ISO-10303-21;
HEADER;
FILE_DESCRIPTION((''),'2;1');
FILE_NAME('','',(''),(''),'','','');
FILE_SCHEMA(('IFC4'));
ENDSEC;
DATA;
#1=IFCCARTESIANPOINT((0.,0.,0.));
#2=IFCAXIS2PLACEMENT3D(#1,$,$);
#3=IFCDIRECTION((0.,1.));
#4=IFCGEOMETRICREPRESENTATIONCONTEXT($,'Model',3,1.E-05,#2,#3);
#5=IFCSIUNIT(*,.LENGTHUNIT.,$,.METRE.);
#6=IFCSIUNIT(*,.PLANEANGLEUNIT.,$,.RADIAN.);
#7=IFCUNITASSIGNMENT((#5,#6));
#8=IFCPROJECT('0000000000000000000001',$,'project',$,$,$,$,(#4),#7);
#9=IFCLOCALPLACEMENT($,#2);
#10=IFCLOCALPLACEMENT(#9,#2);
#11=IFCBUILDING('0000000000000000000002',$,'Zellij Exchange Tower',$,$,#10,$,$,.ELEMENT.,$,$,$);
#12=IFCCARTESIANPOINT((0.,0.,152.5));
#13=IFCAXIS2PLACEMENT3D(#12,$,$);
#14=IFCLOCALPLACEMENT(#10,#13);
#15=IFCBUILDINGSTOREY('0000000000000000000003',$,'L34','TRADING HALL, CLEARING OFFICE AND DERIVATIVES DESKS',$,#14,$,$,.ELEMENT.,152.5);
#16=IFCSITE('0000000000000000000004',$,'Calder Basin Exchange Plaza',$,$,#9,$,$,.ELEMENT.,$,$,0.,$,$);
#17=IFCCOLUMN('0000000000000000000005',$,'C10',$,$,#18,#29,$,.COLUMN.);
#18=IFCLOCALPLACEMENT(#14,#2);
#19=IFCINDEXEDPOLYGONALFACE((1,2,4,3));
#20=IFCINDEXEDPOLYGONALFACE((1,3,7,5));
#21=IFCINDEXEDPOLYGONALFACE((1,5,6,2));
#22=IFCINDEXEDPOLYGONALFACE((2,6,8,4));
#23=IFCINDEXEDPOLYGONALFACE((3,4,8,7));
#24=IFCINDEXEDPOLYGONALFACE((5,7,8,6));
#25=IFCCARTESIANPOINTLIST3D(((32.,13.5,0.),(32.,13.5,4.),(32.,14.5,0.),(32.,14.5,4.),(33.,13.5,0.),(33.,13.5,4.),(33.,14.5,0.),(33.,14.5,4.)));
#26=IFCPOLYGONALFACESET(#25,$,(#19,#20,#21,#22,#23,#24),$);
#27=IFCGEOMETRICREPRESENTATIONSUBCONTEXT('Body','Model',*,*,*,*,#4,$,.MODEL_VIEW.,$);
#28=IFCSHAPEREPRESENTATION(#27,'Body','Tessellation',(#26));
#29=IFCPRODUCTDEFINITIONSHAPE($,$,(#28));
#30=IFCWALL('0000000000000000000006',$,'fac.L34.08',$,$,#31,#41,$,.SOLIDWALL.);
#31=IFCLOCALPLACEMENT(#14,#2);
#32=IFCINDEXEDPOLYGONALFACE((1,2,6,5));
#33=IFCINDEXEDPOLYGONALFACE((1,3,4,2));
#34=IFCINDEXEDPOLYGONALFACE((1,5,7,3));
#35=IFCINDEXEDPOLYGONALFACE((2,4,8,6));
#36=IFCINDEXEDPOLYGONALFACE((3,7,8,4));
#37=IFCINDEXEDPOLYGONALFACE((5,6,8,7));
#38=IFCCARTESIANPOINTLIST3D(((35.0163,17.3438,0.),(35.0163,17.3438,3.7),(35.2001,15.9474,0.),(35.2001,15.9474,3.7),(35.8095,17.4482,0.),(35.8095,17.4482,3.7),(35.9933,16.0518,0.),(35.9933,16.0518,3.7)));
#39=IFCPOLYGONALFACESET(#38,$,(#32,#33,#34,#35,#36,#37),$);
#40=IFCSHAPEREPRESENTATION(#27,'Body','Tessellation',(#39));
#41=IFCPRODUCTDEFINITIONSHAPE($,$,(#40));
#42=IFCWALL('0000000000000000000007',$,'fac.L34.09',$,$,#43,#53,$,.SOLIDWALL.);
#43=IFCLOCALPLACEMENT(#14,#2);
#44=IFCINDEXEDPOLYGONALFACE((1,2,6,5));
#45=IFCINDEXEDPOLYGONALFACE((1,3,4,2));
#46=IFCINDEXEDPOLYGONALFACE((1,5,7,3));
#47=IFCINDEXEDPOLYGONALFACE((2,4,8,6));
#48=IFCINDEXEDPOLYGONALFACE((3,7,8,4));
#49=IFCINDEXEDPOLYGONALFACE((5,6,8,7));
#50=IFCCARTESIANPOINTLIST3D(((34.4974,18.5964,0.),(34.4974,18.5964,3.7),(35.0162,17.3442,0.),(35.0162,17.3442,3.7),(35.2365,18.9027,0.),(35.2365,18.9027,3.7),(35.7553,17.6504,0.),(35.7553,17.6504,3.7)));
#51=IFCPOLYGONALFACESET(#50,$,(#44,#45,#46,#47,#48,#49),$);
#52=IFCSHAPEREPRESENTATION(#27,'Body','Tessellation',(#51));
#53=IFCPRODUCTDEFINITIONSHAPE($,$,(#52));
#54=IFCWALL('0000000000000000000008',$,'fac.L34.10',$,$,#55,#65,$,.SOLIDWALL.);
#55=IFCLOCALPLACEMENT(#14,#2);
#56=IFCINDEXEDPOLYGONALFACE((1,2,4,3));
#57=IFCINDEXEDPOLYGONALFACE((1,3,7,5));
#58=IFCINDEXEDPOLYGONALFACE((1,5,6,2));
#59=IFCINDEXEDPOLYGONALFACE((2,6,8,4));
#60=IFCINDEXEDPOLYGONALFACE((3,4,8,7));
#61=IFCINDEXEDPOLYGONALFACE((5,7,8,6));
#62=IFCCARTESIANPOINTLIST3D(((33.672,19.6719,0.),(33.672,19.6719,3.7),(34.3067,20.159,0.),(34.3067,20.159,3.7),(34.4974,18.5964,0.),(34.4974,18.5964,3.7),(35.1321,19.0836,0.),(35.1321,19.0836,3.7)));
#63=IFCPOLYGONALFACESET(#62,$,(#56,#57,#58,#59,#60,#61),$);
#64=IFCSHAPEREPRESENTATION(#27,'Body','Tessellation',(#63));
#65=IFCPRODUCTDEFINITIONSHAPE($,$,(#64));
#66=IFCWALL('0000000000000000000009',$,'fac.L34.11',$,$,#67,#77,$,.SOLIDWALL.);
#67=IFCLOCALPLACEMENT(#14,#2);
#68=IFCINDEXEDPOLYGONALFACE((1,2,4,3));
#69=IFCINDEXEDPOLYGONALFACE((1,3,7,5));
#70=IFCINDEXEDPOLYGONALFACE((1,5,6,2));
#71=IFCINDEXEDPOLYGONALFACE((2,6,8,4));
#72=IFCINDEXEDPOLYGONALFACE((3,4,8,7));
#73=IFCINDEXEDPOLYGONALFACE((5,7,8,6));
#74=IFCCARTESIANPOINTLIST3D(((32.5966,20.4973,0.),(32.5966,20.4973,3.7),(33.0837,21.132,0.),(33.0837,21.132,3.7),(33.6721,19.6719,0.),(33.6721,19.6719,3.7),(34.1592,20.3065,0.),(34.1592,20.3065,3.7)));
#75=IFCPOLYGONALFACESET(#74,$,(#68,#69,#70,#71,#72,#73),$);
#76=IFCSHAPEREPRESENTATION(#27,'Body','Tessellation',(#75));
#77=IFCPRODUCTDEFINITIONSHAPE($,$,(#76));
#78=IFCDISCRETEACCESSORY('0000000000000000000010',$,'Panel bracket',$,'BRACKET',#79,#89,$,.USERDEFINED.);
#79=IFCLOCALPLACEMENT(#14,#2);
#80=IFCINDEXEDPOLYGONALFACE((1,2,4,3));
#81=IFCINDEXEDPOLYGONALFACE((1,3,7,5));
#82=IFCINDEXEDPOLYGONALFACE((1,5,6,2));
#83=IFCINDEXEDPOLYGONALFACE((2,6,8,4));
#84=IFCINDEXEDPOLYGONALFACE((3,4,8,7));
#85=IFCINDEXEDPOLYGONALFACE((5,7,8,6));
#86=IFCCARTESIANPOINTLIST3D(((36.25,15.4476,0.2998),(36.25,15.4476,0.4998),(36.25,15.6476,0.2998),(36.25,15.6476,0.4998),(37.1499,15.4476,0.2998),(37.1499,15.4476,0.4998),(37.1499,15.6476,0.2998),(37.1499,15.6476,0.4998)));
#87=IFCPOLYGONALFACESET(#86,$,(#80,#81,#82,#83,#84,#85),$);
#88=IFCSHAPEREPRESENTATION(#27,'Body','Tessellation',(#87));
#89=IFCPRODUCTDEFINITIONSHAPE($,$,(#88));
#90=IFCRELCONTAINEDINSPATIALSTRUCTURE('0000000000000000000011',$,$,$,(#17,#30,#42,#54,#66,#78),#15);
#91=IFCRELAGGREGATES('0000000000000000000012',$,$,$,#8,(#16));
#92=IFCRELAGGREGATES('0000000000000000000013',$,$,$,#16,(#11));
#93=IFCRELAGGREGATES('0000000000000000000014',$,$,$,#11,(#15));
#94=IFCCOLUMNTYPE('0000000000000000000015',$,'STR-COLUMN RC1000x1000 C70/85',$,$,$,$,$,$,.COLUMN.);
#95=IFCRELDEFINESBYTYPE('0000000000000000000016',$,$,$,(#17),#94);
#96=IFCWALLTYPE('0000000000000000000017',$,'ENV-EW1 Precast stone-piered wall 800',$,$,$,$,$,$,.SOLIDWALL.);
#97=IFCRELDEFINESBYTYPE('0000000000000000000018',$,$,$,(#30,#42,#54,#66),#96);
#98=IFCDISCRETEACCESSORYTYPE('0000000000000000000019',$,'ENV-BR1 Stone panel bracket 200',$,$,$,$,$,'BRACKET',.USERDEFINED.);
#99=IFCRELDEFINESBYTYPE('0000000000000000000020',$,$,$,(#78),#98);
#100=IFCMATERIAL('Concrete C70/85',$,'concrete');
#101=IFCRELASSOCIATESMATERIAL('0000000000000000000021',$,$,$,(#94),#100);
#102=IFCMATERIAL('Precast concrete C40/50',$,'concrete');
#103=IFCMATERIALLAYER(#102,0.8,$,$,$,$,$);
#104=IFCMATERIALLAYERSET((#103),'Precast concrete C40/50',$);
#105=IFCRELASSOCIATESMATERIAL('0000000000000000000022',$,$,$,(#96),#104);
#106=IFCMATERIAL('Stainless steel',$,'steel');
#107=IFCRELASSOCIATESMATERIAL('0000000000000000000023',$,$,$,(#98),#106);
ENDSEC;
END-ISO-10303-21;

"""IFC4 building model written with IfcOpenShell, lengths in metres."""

from ifc_helpers import new_model, si_unit, direction, frame, frame_2d, origin, origin_2d, place, context, subcontext, project, spatial, rectangle, extrude, material, layer, layer_set, material_profile, profile_set, type_object, element, save


model = new_model("IFC4")

# Units and contexts
model_context = context("Model", 3, precision=1e-05, world=origin(), true_north=direction((0.0, 1.0)))
body_context = subcontext(model_context, "Body", "Model", "MODEL_VIEW")
ifc_project = project(units=[si_unit("LENGTHUNIT", "METRE"), si_unit("PLANEANGLEUNIT", "RADIAN")], contexts=[model_context])

# Site, building, storey
site_placement = place(None, origin())
site = spatial("IfcSite", under=ifc_project, at=site_placement, Name="Calder Basin Exchange Plaza", CompositionType="ELEMENT", RefElevation=0.0)
building_placement = place(site_placement, origin())
building = spatial("IfcBuilding", under=site, at=building_placement, Name="Zellij Exchange Tower", CompositionType="ELEMENT")
storey_placement = place(building_placement, frame((0.0, 0.0, 152.5)))
storey = spatial("IfcBuildingStorey", under=building, at=storey_placement, Name="L34", Description="TRADING HALL, CLEARING OFFICE AND DERIVATIVES DESKS", CompositionType="ELEMENT", Elevation=152.5)

# Column
ifc_material_1 = material(Name="Concrete C70/85", Category="concrete")
ifc_material_profile = material_profile(ifc_material_1, rectangle(XDim=1.0, YDim=1.0, at=origin_2d()), Name="STR-COLUMN RC1000x1000 C70/85")
ifc_profile_set = profile_set([ifc_material_profile], Name="Concrete C70/85")
column_type = type_object("IfcColumnType", Name="STR-COLUMN RC1000x1000 C70/85", PredefinedType="COLUMN", material=ifc_profile_set)
column_placement = place(storey_placement, frame((32.5, 14.0, 0.0), z_axis=(0.0, 0.0, 1.0), x_axis=(1.0, 0.0, 0.0)))
element("IfcColumn", 1, at=column_placement, inside=storey, type_object=column_type, Name="C10", PredefinedType="COLUMN", context=body_context, shape_type="SweptSolid", body=[
    extrude(rectangle(XDim=1.0, YDim=1.0, at=origin_2d()), origin(), (0.0, 0.0, 1.0), 4.0),
])

# Walls
ifc_material_2 = material(Name="Precast concrete C40/50", Category="concrete")
ifc_layer = layer(ifc_material_2, 0.8)
ifc_layer_set = layer_set([ifc_layer], Name="Precast concrete C40/50")
wall_type = type_object("IfcWallType", Name="ENV-EW1 Precast stone-piered wall 800", PredefinedType="SOLIDWALL", material=ifc_layer_set)
wall_1_placement = place(storey_placement, frame((35.5967, 15.9998, 0.0), z_axis=(0.0, 0.0, 1.0), x_axis=(-0.130517, 0.991446, 0.0)))
element("IfcWall", 2, at=wall_1_placement, inside=storey, type_object=wall_type, Name="fac.L34.08", PredefinedType="SOLIDWALL", context=body_context, shape_type="SweptSolid", body=[
    extrude(rectangle(XDim=1.4084, YDim=0.8, at=frame_2d((0.7041, 0.0))), origin(), (0.0, 0.0, 1.0), 3.7),
])
wall_2_placement = place(storey_placement, frame((35.3857, 17.4973, 0.0), z_axis=(0.0, 0.0, 1.0), x_axis=(-0.38276, 0.923848, 0.0)))
element("IfcWall", 3, at=wall_2_placement, inside=storey, type_object=wall_type, Name="fac.L34.09", PredefinedType="SOLIDWALL", context=body_context, shape_type="SweptSolid", body=[
    extrude(rectangle(XDim=1.3555, YDim=0.8, at=frame_2d((0.6777, 0.0))), origin(), (0.0, 0.0, 1.0), 3.7),
])
for number, where, z_axis, x_axis, name in (
    (4, (34.8147, 18.8401, 0.0), (0.0, 0.0, 1.0), (-0.608866, 0.793273, 0.0), "fac.L34.10"),
    (5, (33.9155, 19.9893, 0.0), (0.0, 0.0, 1.0), (-0.793273, 0.608866, 0.0), "fac.L34.11"),
):
    element("IfcWall", number, at=place(storey_placement, frame(where, z_axis=z_axis, x_axis=x_axis)), inside=storey, type_object=wall_type, Name=name, PredefinedType="SOLIDWALL", context=body_context, shape_type="SweptSolid", body=[
        extrude(rectangle(XDim=1.3557, YDim=0.8, at=frame_2d((0.6777, 0.0))), origin(), (0.0, 0.0, 1.0), 3.7),
    ])

# Discrete accessory
ifc_material_3 = material(Name="Stainless steel", Category="steel")
discrete_accessory_type = type_object("IfcDiscreteAccessoryType", Name="ENV-BR1 Stone panel bracket 200", ElementType="BRACKET", PredefinedType="USERDEFINED", material=ifc_material_3)
discrete_accessory_placement = place(storey_placement, frame((36.7, 15.5476, 0.2998), z_axis=(0.0, 0.0, 1.0), x_axis=(0.0, 1.0, 0.0)))
element("IfcDiscreteAccessory", 6, at=discrete_accessory_placement, inside=storey, type_object=discrete_accessory_type, Name="Panel bracket", ObjectType="BRACKET", PredefinedType="USERDEFINED", context=body_context, shape_type="SweptSolid", body=[
    extrude(rectangle(XDim=0.2, YDim=0.8999, at=origin_2d()), origin(), (0.0, 0.0, 1.0), 0.2),
])

save(model, "model.ifc")
